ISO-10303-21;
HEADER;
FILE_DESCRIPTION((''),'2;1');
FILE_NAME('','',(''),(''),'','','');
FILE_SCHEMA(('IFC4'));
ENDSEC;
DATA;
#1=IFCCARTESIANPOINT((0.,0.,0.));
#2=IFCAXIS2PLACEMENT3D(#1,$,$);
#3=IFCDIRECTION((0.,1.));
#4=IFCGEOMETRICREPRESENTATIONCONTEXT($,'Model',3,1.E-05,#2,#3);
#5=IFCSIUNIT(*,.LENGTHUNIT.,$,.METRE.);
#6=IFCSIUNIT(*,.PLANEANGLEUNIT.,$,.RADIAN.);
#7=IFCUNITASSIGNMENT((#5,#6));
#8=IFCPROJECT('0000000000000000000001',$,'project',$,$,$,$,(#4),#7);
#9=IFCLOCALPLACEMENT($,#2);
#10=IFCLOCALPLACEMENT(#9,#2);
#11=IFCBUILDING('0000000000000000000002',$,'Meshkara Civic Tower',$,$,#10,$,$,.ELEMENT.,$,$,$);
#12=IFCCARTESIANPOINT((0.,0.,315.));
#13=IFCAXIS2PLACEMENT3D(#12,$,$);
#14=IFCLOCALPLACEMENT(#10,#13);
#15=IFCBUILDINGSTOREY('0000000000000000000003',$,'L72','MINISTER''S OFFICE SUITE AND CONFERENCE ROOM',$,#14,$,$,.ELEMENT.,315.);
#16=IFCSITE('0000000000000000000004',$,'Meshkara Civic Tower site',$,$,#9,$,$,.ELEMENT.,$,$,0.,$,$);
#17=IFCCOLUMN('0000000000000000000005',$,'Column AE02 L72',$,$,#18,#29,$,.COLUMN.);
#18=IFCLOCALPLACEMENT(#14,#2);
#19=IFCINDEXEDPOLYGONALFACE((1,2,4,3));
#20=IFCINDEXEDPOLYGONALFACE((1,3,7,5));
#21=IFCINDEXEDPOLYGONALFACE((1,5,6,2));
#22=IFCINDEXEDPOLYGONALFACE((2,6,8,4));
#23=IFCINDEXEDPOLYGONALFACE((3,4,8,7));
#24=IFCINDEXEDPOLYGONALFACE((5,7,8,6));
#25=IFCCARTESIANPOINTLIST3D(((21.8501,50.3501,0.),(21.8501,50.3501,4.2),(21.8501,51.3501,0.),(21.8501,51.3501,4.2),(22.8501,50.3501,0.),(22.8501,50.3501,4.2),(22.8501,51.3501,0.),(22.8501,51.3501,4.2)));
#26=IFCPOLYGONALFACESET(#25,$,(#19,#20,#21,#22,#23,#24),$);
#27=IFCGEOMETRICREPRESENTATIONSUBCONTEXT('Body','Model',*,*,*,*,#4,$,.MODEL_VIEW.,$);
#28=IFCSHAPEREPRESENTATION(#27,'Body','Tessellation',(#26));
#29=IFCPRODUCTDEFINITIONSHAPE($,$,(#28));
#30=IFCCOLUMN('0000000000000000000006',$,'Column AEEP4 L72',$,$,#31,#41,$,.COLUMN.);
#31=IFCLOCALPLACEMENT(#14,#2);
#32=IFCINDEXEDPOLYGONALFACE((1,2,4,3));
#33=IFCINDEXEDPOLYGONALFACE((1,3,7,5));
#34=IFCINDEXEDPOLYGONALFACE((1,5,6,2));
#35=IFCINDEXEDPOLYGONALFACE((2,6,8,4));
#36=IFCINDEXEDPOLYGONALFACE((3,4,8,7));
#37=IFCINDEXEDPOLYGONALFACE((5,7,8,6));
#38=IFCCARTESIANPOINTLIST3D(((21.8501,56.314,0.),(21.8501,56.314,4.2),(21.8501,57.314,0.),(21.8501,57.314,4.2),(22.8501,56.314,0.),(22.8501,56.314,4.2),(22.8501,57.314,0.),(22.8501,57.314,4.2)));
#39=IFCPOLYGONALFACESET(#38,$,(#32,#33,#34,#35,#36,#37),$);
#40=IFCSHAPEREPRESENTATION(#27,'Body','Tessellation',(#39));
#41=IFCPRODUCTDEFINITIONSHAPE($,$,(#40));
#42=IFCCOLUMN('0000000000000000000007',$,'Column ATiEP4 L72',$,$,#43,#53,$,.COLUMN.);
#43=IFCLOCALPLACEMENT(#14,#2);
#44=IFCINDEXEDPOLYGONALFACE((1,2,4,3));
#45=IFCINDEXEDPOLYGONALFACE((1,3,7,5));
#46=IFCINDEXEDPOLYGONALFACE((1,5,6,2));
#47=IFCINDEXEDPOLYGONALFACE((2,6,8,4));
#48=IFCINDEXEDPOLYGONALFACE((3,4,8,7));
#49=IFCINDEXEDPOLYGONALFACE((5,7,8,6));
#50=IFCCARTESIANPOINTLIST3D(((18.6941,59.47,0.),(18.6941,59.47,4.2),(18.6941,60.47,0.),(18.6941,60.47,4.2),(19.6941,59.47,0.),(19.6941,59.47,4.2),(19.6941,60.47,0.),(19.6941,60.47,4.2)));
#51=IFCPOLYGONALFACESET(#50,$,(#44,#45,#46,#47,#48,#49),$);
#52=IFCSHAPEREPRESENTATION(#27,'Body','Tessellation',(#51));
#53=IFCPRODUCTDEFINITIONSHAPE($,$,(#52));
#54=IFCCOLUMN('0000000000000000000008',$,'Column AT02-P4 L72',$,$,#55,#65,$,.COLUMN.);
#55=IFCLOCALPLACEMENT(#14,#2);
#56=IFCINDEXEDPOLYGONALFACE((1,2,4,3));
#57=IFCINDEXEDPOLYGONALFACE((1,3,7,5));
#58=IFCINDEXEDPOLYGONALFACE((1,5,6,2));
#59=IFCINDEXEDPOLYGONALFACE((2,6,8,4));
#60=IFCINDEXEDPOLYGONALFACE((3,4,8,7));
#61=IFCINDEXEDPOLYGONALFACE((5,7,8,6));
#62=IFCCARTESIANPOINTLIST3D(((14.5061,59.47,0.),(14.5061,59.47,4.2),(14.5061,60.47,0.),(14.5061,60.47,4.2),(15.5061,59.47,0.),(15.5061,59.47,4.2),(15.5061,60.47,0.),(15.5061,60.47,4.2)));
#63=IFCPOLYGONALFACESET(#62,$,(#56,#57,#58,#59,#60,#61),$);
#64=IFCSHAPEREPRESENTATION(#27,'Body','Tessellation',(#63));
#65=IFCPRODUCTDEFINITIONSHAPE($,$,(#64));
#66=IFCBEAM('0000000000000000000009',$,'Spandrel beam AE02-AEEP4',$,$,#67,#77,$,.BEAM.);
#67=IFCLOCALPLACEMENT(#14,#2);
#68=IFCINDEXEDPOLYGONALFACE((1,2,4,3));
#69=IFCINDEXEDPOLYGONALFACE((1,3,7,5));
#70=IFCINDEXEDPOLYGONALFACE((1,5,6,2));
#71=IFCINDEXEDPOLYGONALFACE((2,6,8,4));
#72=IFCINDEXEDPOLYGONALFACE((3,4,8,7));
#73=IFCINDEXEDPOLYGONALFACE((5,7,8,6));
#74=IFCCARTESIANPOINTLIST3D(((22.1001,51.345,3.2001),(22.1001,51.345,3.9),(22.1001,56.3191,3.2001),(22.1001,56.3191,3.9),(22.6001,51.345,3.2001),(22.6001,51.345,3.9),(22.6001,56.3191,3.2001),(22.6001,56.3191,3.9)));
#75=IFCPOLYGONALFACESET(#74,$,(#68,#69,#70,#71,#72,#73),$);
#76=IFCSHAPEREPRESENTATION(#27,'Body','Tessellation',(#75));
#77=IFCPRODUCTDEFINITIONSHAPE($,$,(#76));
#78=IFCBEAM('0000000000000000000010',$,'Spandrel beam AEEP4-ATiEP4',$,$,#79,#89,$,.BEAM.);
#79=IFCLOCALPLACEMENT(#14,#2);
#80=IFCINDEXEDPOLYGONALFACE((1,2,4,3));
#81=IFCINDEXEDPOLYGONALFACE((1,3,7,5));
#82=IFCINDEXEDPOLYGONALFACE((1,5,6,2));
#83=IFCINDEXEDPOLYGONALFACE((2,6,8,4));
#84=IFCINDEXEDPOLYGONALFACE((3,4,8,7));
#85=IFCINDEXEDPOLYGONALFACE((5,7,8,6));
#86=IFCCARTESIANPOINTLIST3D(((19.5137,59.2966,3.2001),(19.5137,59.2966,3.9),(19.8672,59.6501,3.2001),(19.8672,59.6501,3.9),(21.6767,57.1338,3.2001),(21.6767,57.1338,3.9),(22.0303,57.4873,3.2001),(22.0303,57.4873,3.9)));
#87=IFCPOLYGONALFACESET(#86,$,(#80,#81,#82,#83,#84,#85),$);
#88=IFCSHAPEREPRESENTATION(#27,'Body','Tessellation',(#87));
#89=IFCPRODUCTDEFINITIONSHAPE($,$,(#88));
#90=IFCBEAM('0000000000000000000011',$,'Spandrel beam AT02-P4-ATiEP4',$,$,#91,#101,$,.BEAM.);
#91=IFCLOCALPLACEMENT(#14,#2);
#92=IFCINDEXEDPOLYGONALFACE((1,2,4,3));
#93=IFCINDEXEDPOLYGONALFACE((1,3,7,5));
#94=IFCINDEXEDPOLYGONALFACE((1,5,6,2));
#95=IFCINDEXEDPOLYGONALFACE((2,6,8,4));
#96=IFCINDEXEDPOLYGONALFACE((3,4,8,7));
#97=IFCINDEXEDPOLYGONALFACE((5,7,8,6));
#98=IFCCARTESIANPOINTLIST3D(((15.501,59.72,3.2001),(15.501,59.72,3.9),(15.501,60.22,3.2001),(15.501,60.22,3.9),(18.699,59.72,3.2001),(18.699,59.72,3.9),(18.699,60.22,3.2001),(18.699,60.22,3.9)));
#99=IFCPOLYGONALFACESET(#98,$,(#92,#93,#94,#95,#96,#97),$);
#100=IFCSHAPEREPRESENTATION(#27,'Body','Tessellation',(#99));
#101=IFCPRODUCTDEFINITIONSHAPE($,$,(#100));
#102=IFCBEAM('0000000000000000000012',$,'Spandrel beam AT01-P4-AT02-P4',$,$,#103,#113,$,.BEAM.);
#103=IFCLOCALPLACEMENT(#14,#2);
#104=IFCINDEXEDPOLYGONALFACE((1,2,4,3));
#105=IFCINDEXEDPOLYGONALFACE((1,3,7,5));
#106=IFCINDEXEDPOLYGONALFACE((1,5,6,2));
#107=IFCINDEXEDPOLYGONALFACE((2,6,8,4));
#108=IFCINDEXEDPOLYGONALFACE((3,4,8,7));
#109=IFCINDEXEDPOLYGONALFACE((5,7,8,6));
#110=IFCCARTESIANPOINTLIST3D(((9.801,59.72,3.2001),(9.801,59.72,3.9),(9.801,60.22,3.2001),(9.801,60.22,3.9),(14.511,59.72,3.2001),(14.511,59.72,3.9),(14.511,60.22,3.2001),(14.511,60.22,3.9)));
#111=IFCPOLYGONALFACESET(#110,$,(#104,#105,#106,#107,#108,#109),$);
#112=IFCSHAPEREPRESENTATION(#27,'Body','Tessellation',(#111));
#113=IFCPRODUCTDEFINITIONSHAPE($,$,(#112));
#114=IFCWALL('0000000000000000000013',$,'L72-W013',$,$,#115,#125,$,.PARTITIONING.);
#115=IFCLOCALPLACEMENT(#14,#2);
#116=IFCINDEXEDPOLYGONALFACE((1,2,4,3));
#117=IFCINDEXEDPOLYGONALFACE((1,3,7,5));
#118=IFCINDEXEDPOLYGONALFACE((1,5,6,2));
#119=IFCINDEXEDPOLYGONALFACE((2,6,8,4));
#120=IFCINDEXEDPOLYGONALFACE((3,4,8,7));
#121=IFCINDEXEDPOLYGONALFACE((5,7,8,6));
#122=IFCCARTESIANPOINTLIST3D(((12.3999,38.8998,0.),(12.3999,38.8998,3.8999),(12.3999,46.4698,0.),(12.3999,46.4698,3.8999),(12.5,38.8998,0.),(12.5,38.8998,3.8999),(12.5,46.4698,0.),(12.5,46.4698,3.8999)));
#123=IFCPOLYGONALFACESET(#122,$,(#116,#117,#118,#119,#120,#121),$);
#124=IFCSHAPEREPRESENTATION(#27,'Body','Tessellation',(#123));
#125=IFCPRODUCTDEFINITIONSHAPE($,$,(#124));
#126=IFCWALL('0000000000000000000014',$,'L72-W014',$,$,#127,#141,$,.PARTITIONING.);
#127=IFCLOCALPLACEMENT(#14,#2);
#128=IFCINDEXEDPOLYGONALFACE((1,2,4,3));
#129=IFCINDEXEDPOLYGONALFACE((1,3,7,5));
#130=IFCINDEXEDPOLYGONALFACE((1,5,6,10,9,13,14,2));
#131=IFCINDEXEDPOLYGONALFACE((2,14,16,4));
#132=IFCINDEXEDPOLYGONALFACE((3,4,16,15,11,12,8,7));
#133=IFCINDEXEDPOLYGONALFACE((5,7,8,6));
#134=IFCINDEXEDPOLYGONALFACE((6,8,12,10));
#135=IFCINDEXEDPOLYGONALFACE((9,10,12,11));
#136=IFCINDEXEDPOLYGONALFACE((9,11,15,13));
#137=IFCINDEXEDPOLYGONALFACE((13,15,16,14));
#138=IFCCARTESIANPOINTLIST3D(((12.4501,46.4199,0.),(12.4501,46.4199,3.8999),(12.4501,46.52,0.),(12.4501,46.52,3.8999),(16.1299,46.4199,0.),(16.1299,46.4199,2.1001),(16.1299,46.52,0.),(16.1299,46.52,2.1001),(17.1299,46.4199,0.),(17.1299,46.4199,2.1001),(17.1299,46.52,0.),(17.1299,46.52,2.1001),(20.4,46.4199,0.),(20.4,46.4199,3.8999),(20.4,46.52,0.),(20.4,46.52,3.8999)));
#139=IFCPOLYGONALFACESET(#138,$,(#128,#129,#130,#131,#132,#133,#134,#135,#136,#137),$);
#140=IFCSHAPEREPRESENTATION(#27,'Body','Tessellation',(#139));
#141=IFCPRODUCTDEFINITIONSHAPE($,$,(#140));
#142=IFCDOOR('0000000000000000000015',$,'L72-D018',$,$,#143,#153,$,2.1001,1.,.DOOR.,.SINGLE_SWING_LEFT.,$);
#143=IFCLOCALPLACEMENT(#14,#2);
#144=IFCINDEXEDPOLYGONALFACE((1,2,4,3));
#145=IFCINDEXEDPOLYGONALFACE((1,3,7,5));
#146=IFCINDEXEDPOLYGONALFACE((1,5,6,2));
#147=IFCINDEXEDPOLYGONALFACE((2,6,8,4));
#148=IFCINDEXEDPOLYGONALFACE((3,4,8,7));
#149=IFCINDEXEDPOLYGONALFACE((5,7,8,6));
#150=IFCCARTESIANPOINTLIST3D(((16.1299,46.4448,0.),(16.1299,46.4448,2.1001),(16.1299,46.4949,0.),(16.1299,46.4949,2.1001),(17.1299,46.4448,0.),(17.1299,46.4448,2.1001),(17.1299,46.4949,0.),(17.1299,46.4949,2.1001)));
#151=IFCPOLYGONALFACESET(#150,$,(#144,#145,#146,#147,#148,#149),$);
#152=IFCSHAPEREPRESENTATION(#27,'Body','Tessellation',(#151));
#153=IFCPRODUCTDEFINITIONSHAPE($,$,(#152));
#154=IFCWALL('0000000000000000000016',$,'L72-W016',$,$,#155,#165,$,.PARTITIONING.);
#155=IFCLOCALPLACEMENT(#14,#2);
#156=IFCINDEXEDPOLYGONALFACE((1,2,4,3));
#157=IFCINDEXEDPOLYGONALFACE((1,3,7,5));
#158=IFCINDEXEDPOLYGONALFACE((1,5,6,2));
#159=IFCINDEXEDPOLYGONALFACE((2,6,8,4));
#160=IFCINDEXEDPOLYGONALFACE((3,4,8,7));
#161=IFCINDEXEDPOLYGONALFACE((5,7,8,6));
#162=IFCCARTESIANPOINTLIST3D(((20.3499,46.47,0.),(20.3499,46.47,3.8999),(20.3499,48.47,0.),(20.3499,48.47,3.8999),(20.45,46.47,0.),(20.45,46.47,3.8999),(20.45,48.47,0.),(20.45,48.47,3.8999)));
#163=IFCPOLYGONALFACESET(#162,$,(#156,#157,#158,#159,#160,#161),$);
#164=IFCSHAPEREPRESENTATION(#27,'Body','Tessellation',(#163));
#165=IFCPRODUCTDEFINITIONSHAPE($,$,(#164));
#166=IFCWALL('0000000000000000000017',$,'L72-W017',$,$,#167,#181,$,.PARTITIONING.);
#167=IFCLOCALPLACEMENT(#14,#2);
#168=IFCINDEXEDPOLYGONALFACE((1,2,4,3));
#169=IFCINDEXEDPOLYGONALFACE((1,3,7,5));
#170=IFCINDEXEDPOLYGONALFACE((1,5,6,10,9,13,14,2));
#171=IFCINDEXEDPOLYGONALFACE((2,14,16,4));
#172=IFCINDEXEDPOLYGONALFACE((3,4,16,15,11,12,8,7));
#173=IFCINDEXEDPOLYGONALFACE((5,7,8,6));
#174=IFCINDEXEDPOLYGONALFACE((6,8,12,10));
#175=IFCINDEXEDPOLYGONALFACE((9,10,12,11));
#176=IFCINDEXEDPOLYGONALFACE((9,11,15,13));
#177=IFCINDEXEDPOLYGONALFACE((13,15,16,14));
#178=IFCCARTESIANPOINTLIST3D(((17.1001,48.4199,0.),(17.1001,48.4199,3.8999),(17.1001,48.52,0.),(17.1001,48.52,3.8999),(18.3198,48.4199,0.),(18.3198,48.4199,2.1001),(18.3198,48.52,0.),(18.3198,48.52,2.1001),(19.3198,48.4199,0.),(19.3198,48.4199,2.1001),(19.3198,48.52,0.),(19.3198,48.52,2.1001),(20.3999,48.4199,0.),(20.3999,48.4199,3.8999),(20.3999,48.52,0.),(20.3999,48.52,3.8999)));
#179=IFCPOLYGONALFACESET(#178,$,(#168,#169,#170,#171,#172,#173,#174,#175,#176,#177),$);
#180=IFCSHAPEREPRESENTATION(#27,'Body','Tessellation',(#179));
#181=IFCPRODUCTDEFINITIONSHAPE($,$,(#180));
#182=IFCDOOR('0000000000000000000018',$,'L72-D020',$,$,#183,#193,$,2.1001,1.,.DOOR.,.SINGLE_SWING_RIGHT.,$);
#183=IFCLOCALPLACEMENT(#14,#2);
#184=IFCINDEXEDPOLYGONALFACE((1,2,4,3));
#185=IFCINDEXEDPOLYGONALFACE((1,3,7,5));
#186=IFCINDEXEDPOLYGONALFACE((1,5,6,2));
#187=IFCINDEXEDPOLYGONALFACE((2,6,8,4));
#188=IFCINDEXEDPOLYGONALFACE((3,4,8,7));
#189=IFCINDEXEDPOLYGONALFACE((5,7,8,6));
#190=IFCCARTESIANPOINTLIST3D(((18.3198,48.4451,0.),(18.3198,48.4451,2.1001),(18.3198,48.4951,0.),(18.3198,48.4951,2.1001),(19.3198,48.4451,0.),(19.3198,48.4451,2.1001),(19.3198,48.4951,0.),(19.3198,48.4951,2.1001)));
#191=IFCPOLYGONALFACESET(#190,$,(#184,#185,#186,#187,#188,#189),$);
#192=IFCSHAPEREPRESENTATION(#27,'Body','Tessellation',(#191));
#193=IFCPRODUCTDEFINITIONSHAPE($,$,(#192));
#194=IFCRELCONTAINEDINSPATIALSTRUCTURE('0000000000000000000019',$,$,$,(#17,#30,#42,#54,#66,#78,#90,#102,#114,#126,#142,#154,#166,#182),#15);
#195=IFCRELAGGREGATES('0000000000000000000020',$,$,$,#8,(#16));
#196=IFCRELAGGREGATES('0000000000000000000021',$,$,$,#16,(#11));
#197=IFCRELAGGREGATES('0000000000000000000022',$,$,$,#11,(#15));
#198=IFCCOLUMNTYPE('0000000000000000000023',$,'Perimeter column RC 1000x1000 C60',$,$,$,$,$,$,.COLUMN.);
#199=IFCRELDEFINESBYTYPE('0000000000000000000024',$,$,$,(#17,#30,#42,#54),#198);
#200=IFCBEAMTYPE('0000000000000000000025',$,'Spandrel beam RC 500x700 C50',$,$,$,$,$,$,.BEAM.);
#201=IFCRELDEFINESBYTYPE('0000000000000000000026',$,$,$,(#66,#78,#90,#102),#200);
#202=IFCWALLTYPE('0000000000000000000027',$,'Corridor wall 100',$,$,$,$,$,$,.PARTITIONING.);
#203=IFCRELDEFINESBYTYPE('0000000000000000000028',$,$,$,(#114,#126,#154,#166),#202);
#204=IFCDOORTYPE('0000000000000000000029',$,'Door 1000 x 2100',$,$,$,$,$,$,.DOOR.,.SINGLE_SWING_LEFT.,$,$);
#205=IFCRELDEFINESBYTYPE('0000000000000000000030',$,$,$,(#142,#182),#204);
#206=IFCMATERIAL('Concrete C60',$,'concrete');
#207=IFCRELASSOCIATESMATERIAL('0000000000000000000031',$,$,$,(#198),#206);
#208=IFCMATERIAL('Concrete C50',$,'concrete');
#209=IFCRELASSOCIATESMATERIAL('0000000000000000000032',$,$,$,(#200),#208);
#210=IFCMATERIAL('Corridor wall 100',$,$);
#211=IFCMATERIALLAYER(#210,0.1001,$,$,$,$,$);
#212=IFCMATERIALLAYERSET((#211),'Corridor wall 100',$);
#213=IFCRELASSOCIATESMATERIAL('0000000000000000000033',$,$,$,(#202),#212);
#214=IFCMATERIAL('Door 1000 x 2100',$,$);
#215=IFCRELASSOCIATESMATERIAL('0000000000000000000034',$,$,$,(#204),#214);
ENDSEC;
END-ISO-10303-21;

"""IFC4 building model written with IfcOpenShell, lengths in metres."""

from ifc_helpers import new_model, si_unit, direction, frame, frame_2d, origin, origin_2d, place, context, subcontext, project, spatial, rectangle, extrude, material, layer, layer_set, material_profile, profile_set, type_object, element, fill, save


model = new_model("IFC4")

# Units and contexts
model_context = context("Model", 3, precision=1e-05, world=origin(), true_north=direction((0.0, 1.0)))
body_context = subcontext(model_context, "Body", "Model", "MODEL_VIEW")
ifc_project = project(units=[si_unit("LENGTHUNIT", "METRE"), si_unit("PLANEANGLEUNIT", "RADIAN")], contexts=[model_context])

# Site, building, storey
site_placement = place(None, origin())
site = spatial("IfcSite", under=ifc_project, at=site_placement, Name="Meshkara Civic Tower site", CompositionType="ELEMENT", RefElevation=0.0)
building_placement = place(site_placement, origin())
building = spatial("IfcBuilding", under=site, at=building_placement, Name="Meshkara Civic Tower", CompositionType="ELEMENT")
storey_placement = place(building_placement, frame((0.0, 0.0, 315.0)))
storey = spatial("IfcBuildingStorey", under=building, at=storey_placement, Name="L72", Description="MINISTER'S OFFICE SUITE AND CONFERENCE ROOM", CompositionType="ELEMENT", Elevation=315.0)

# Columns
ifc_material_1 = material(Name="Concrete C60", Category="concrete")
ifc_material_profile_1 = material_profile(ifc_material_1, rectangle(XDim=1.0, YDim=1.0, at=origin_2d()))
ifc_profile_set_1 = profile_set([ifc_material_profile_1], Name="Concrete C60")
column_type = type_object("IfcColumnType", Name="Perimeter column RC 1000x1000 C60", PredefinedType="COLUMN", material=ifc_profile_set_1)
for number, where, z_axis, x_axis, name in (
    (1, (22.3501, 50.8501, 0.0), (0.0, 0.0, 1.0), (1.0, 0.0, 0.0), "Column AE02 L72"),
    (2, (22.3501, 56.814, 0.0), (0.0, 0.0, 1.0), (1.0, 0.0, 0.0), "Column AEEP4 L72"),
    (3, (19.1941, 59.97, 0.0), (0.0, 0.0, 1.0), (1.0, 0.0, 0.0), "Column ATiEP4 L72"),
    (4, (15.0061, 59.97, 0.0), (0.0, 0.0, 1.0), (1.0, 0.0, 0.0), "Column AT02-P4 L72"),
):
    element("IfcColumn", number, at=place(storey_placement, frame(where, z_axis=z_axis, x_axis=x_axis)), inside=storey, type_object=column_type, Name=name, PredefinedType="COLUMN", context=body_context, shape_type="SweptSolid", body=[
        extrude(rectangle(XDim=1.0, YDim=1.0, at=origin_2d()), origin(), (0.0, 0.0, 1.0), 4.2),
    ])

# Beams
ifc_material_2 = material(Name="Concrete C50", Category="concrete")
ifc_material_profile_2 = material_profile(ifc_material_2, rectangle(XDim=0.5, YDim=0.7, at=origin_2d()))
ifc_profile_set_2 = profile_set([ifc_material_profile_2], Name="Concrete C50")
beam_type = type_object("IfcBeamType", Name="Spandrel beam RC 500x700 C50", PredefinedType="BEAM", material=ifc_profile_set_2)
beam_1_placement = place(storey_placement, frame((22.3501, 51.345, 3.55), z_axis=(0.0, 1.0, 0.0), x_axis=(-1.0, 0.0, 0.0)))
element("IfcBeam", 5, at=beam_1_placement, inside=storey, type_object=beam_type, Name="Spandrel beam AE02-AEEP4", PredefinedType="BEAM", context=body_context, shape_type="SweptSolid", body=[
    extrude(rectangle(XDim=0.5, YDim=0.7, at=origin_2d()), origin(), (0.0, 0.0, 1.0), 4.9741),
])
beam_2_placement = place(storey_placement, frame((21.8535, 57.3105, 3.55), z_axis=(-0.707147, 0.707067, 0.0), x_axis=(-0.707067, -0.707147, 0.0)))
element("IfcBeam", 6, at=beam_2_placement, inside=storey, type_object=beam_type, Name="Spandrel beam AEEP4-ATiEP4", PredefinedType="BEAM", context=body_context, shape_type="SweptSolid", body=[
    extrude(rectangle(XDim=0.5, YDim=0.7, at=origin_2d()), origin(), (0.0, 0.0, 1.0), 3.0588),
])
beam_3_placement = place(storey_placement, frame((18.699, 59.97, 3.55), z_axis=(-1.0, 0.0, 0.0), x_axis=(0.0, -1.0, 0.0)))
element("IfcBeam", 7, at=beam_3_placement, inside=storey, type_object=beam_type, Name="Spandrel beam AT02-P4-ATiEP4", PredefinedType="BEAM", context=body_context, shape_type="SweptSolid", body=[
    extrude(rectangle(XDim=0.5, YDim=0.7, at=origin_2d()), origin(), (0.0, 0.0, 1.0), 3.198),
])
beam_4_placement = place(storey_placement, frame((14.511, 59.97, 3.55), z_axis=(-1.0, 0.0, 0.0), x_axis=(0.0, -1.0, 0.0)))
element("IfcBeam", 8, at=beam_4_placement, inside=storey, type_object=beam_type, Name="Spandrel beam AT01-P4-AT02-P4", PredefinedType="BEAM", context=body_context, shape_type="SweptSolid", body=[
    extrude(rectangle(XDim=0.5, YDim=0.7, at=origin_2d()), origin(), (0.0, 0.0, 1.0), 4.71),
])

# Wall
ifc_material_3 = material(Name="Corridor wall 100")
ifc_layer_1 = layer(ifc_material_3, 0.1001)
ifc_layer_set_1 = layer_set([ifc_layer_1], Name="Corridor wall 100")
wall_type_1 = type_object("IfcWallType", Name="Corridor wall 100", PredefinedType="PARTITIONING", material=ifc_layer_set_1)
wall_1_placement = place(storey_placement, frame((12.45, 46.47, 0.0), z_axis=(0.0, 0.0, 1.0), x_axis=(0.0, -1.0, 0.0)))
element("IfcWall", 9, at=wall_1_placement, inside=storey, type_object=wall_type_1, Name="L72-W013", PredefinedType="PARTITIONING", context=body_context, shape_type="SweptSolid", body=[
    extrude(rectangle(XDim=7.5701, YDim=0.1001, at=frame_2d((3.7852, 0.0))), origin(), (0.0, 0.0, 1.0), 3.8999),
])

# Wall, opening, door
wall_2_placement = place(storey_placement, frame((12.45, 46.47, 0.0), z_axis=(0.0, 0.0, 1.0), x_axis=(1.0, 0.0, 0.0)))
wall_2 = element("IfcWall", 10, at=wall_2_placement, inside=storey, type_object=wall_type_1, Name="L72-W014", PredefinedType="PARTITIONING", context=body_context, shape_type="SweptSolid", body=[
    extrude(rectangle(XDim=7.95, YDim=0.1001, at=frame_2d((3.9751, 0.0))), origin(), (0.0, 0.0, 1.0), 3.8999),
])
opening_1_placement = place(wall_2_placement, frame((3.6799, 0.0, 0.0)))
opening_1 = element("IfcOpeningElement", 11, at=opening_1_placement, cuts=wall_2, PredefinedType="OPENING", context=body_context, shape_type="SweptSolid", body=[
    extrude(rectangle(XDim=1.0, YDim=2.1001, at=frame_2d((0.5, 1.05))), frame((0.0, 0.0601, 0.0), z_axis=(0.0, -1.0, 0.0), x_axis=(1.0, 0.0, 0.0)), (0.0, 0.0, 1.0), 0.1201),
])
ifc_material_4 = material(Name="Door 1000 x 2100")
door_type = type_object("IfcDoorType", Name="Door 1000 x 2100", OperationType="SINGLE_SWING_LEFT", PredefinedType="DOOR", material=ifc_material_4)
door_1_placement = place(opening_1_placement, origin())
door_1 = element("IfcDoor", 12, at=door_1_placement, inside=storey, type_object=door_type, Name="L72-D018", OperationType="SINGLE_SWING_LEFT", OverallHeight=2.1001, OverallWidth=1.0, PredefinedType="DOOR", context=body_context, shape_type="SweptSolid", body=[
    extrude(rectangle(XDim=1.0, YDim=2.1001, at=frame_2d((0.5, 1.05))), frame((0.0, 0.0249, 0.0), z_axis=(0.0, -1.0, 0.0), x_axis=(1.0, 0.0, 0.0)), (0.0, 0.0, 1.0), 0.05),
])
fill(opening_1, door_1)

# Wall
wall_3_placement = place(storey_placement, frame((20.3999, 46.47, 0.0), z_axis=(0.0, 0.0, 1.0), x_axis=(0.0, 1.0, 0.0)))
element("IfcWall", 13, at=wall_3_placement, inside=storey, type_object=wall_type_1, Name="L72-W016", PredefinedType="PARTITIONING", context=body_context, shape_type="SweptSolid", body=[
    extrude(rectangle(XDim=2.0, YDim=0.1001, at=frame_2d((1.0, 0.0))), origin(), (0.0, 0.0, 1.0), 3.8999),
])

# Wall, opening, door
wall_4_placement = place(storey_placement, frame((20.3999, 48.47, 0.0), z_axis=(0.0, 0.0, 1.0), x_axis=(-1.0, 0.0, 0.0)))
wall_4 = element("IfcWall", 14, at=wall_4_placement, inside=storey, type_object=wall_type_1, Name="L72-W017", PredefinedType="PARTITIONING", context=body_context, shape_type="SweptSolid", body=[
    extrude(rectangle(XDim=3.2998, YDim=0.1001, at=frame_2d((1.6499, 0.0))), origin(), (0.0, 0.0, 1.0), 3.8999),
])
opening_2_placement = place(wall_4_placement, frame((1.0801, 0.0, 0.0)))
opening_2 = element("IfcOpeningElement", 15, at=opening_2_placement, cuts=wall_4, PredefinedType="OPENING", context=body_context, shape_type="SweptSolid", body=[
    extrude(rectangle(XDim=1.0, YDim=2.1001, at=frame_2d((0.5, 1.05))), frame((0.0, 0.0601, 0.0), z_axis=(0.0, -1.0, 0.0), x_axis=(1.0, 0.0, 0.0)), (0.0, 0.0, 1.0), 0.1201),
])
door_2_placement = place(opening_2_placement, origin())
door_2 = element("IfcDoor", 16, at=door_2_placement, inside=storey, type_object=door_type, Name="L72-D020", OperationType="SINGLE_SWING_RIGHT", OverallHeight=2.1001, OverallWidth=1.0, PredefinedType="DOOR", context=body_context, shape_type="SweptSolid", body=[
    extrude(rectangle(XDim=1.0, YDim=2.1001, at=frame_2d((0.5, 1.05))), frame((0.0, 0.0249, 0.0), z_axis=(0.0, -1.0, 0.0), x_axis=(1.0, 0.0, 0.0)), (0.0, 0.0, 1.0), 0.05),
])
fill(opening_2, door_2)

save(model, "model.ifc")
